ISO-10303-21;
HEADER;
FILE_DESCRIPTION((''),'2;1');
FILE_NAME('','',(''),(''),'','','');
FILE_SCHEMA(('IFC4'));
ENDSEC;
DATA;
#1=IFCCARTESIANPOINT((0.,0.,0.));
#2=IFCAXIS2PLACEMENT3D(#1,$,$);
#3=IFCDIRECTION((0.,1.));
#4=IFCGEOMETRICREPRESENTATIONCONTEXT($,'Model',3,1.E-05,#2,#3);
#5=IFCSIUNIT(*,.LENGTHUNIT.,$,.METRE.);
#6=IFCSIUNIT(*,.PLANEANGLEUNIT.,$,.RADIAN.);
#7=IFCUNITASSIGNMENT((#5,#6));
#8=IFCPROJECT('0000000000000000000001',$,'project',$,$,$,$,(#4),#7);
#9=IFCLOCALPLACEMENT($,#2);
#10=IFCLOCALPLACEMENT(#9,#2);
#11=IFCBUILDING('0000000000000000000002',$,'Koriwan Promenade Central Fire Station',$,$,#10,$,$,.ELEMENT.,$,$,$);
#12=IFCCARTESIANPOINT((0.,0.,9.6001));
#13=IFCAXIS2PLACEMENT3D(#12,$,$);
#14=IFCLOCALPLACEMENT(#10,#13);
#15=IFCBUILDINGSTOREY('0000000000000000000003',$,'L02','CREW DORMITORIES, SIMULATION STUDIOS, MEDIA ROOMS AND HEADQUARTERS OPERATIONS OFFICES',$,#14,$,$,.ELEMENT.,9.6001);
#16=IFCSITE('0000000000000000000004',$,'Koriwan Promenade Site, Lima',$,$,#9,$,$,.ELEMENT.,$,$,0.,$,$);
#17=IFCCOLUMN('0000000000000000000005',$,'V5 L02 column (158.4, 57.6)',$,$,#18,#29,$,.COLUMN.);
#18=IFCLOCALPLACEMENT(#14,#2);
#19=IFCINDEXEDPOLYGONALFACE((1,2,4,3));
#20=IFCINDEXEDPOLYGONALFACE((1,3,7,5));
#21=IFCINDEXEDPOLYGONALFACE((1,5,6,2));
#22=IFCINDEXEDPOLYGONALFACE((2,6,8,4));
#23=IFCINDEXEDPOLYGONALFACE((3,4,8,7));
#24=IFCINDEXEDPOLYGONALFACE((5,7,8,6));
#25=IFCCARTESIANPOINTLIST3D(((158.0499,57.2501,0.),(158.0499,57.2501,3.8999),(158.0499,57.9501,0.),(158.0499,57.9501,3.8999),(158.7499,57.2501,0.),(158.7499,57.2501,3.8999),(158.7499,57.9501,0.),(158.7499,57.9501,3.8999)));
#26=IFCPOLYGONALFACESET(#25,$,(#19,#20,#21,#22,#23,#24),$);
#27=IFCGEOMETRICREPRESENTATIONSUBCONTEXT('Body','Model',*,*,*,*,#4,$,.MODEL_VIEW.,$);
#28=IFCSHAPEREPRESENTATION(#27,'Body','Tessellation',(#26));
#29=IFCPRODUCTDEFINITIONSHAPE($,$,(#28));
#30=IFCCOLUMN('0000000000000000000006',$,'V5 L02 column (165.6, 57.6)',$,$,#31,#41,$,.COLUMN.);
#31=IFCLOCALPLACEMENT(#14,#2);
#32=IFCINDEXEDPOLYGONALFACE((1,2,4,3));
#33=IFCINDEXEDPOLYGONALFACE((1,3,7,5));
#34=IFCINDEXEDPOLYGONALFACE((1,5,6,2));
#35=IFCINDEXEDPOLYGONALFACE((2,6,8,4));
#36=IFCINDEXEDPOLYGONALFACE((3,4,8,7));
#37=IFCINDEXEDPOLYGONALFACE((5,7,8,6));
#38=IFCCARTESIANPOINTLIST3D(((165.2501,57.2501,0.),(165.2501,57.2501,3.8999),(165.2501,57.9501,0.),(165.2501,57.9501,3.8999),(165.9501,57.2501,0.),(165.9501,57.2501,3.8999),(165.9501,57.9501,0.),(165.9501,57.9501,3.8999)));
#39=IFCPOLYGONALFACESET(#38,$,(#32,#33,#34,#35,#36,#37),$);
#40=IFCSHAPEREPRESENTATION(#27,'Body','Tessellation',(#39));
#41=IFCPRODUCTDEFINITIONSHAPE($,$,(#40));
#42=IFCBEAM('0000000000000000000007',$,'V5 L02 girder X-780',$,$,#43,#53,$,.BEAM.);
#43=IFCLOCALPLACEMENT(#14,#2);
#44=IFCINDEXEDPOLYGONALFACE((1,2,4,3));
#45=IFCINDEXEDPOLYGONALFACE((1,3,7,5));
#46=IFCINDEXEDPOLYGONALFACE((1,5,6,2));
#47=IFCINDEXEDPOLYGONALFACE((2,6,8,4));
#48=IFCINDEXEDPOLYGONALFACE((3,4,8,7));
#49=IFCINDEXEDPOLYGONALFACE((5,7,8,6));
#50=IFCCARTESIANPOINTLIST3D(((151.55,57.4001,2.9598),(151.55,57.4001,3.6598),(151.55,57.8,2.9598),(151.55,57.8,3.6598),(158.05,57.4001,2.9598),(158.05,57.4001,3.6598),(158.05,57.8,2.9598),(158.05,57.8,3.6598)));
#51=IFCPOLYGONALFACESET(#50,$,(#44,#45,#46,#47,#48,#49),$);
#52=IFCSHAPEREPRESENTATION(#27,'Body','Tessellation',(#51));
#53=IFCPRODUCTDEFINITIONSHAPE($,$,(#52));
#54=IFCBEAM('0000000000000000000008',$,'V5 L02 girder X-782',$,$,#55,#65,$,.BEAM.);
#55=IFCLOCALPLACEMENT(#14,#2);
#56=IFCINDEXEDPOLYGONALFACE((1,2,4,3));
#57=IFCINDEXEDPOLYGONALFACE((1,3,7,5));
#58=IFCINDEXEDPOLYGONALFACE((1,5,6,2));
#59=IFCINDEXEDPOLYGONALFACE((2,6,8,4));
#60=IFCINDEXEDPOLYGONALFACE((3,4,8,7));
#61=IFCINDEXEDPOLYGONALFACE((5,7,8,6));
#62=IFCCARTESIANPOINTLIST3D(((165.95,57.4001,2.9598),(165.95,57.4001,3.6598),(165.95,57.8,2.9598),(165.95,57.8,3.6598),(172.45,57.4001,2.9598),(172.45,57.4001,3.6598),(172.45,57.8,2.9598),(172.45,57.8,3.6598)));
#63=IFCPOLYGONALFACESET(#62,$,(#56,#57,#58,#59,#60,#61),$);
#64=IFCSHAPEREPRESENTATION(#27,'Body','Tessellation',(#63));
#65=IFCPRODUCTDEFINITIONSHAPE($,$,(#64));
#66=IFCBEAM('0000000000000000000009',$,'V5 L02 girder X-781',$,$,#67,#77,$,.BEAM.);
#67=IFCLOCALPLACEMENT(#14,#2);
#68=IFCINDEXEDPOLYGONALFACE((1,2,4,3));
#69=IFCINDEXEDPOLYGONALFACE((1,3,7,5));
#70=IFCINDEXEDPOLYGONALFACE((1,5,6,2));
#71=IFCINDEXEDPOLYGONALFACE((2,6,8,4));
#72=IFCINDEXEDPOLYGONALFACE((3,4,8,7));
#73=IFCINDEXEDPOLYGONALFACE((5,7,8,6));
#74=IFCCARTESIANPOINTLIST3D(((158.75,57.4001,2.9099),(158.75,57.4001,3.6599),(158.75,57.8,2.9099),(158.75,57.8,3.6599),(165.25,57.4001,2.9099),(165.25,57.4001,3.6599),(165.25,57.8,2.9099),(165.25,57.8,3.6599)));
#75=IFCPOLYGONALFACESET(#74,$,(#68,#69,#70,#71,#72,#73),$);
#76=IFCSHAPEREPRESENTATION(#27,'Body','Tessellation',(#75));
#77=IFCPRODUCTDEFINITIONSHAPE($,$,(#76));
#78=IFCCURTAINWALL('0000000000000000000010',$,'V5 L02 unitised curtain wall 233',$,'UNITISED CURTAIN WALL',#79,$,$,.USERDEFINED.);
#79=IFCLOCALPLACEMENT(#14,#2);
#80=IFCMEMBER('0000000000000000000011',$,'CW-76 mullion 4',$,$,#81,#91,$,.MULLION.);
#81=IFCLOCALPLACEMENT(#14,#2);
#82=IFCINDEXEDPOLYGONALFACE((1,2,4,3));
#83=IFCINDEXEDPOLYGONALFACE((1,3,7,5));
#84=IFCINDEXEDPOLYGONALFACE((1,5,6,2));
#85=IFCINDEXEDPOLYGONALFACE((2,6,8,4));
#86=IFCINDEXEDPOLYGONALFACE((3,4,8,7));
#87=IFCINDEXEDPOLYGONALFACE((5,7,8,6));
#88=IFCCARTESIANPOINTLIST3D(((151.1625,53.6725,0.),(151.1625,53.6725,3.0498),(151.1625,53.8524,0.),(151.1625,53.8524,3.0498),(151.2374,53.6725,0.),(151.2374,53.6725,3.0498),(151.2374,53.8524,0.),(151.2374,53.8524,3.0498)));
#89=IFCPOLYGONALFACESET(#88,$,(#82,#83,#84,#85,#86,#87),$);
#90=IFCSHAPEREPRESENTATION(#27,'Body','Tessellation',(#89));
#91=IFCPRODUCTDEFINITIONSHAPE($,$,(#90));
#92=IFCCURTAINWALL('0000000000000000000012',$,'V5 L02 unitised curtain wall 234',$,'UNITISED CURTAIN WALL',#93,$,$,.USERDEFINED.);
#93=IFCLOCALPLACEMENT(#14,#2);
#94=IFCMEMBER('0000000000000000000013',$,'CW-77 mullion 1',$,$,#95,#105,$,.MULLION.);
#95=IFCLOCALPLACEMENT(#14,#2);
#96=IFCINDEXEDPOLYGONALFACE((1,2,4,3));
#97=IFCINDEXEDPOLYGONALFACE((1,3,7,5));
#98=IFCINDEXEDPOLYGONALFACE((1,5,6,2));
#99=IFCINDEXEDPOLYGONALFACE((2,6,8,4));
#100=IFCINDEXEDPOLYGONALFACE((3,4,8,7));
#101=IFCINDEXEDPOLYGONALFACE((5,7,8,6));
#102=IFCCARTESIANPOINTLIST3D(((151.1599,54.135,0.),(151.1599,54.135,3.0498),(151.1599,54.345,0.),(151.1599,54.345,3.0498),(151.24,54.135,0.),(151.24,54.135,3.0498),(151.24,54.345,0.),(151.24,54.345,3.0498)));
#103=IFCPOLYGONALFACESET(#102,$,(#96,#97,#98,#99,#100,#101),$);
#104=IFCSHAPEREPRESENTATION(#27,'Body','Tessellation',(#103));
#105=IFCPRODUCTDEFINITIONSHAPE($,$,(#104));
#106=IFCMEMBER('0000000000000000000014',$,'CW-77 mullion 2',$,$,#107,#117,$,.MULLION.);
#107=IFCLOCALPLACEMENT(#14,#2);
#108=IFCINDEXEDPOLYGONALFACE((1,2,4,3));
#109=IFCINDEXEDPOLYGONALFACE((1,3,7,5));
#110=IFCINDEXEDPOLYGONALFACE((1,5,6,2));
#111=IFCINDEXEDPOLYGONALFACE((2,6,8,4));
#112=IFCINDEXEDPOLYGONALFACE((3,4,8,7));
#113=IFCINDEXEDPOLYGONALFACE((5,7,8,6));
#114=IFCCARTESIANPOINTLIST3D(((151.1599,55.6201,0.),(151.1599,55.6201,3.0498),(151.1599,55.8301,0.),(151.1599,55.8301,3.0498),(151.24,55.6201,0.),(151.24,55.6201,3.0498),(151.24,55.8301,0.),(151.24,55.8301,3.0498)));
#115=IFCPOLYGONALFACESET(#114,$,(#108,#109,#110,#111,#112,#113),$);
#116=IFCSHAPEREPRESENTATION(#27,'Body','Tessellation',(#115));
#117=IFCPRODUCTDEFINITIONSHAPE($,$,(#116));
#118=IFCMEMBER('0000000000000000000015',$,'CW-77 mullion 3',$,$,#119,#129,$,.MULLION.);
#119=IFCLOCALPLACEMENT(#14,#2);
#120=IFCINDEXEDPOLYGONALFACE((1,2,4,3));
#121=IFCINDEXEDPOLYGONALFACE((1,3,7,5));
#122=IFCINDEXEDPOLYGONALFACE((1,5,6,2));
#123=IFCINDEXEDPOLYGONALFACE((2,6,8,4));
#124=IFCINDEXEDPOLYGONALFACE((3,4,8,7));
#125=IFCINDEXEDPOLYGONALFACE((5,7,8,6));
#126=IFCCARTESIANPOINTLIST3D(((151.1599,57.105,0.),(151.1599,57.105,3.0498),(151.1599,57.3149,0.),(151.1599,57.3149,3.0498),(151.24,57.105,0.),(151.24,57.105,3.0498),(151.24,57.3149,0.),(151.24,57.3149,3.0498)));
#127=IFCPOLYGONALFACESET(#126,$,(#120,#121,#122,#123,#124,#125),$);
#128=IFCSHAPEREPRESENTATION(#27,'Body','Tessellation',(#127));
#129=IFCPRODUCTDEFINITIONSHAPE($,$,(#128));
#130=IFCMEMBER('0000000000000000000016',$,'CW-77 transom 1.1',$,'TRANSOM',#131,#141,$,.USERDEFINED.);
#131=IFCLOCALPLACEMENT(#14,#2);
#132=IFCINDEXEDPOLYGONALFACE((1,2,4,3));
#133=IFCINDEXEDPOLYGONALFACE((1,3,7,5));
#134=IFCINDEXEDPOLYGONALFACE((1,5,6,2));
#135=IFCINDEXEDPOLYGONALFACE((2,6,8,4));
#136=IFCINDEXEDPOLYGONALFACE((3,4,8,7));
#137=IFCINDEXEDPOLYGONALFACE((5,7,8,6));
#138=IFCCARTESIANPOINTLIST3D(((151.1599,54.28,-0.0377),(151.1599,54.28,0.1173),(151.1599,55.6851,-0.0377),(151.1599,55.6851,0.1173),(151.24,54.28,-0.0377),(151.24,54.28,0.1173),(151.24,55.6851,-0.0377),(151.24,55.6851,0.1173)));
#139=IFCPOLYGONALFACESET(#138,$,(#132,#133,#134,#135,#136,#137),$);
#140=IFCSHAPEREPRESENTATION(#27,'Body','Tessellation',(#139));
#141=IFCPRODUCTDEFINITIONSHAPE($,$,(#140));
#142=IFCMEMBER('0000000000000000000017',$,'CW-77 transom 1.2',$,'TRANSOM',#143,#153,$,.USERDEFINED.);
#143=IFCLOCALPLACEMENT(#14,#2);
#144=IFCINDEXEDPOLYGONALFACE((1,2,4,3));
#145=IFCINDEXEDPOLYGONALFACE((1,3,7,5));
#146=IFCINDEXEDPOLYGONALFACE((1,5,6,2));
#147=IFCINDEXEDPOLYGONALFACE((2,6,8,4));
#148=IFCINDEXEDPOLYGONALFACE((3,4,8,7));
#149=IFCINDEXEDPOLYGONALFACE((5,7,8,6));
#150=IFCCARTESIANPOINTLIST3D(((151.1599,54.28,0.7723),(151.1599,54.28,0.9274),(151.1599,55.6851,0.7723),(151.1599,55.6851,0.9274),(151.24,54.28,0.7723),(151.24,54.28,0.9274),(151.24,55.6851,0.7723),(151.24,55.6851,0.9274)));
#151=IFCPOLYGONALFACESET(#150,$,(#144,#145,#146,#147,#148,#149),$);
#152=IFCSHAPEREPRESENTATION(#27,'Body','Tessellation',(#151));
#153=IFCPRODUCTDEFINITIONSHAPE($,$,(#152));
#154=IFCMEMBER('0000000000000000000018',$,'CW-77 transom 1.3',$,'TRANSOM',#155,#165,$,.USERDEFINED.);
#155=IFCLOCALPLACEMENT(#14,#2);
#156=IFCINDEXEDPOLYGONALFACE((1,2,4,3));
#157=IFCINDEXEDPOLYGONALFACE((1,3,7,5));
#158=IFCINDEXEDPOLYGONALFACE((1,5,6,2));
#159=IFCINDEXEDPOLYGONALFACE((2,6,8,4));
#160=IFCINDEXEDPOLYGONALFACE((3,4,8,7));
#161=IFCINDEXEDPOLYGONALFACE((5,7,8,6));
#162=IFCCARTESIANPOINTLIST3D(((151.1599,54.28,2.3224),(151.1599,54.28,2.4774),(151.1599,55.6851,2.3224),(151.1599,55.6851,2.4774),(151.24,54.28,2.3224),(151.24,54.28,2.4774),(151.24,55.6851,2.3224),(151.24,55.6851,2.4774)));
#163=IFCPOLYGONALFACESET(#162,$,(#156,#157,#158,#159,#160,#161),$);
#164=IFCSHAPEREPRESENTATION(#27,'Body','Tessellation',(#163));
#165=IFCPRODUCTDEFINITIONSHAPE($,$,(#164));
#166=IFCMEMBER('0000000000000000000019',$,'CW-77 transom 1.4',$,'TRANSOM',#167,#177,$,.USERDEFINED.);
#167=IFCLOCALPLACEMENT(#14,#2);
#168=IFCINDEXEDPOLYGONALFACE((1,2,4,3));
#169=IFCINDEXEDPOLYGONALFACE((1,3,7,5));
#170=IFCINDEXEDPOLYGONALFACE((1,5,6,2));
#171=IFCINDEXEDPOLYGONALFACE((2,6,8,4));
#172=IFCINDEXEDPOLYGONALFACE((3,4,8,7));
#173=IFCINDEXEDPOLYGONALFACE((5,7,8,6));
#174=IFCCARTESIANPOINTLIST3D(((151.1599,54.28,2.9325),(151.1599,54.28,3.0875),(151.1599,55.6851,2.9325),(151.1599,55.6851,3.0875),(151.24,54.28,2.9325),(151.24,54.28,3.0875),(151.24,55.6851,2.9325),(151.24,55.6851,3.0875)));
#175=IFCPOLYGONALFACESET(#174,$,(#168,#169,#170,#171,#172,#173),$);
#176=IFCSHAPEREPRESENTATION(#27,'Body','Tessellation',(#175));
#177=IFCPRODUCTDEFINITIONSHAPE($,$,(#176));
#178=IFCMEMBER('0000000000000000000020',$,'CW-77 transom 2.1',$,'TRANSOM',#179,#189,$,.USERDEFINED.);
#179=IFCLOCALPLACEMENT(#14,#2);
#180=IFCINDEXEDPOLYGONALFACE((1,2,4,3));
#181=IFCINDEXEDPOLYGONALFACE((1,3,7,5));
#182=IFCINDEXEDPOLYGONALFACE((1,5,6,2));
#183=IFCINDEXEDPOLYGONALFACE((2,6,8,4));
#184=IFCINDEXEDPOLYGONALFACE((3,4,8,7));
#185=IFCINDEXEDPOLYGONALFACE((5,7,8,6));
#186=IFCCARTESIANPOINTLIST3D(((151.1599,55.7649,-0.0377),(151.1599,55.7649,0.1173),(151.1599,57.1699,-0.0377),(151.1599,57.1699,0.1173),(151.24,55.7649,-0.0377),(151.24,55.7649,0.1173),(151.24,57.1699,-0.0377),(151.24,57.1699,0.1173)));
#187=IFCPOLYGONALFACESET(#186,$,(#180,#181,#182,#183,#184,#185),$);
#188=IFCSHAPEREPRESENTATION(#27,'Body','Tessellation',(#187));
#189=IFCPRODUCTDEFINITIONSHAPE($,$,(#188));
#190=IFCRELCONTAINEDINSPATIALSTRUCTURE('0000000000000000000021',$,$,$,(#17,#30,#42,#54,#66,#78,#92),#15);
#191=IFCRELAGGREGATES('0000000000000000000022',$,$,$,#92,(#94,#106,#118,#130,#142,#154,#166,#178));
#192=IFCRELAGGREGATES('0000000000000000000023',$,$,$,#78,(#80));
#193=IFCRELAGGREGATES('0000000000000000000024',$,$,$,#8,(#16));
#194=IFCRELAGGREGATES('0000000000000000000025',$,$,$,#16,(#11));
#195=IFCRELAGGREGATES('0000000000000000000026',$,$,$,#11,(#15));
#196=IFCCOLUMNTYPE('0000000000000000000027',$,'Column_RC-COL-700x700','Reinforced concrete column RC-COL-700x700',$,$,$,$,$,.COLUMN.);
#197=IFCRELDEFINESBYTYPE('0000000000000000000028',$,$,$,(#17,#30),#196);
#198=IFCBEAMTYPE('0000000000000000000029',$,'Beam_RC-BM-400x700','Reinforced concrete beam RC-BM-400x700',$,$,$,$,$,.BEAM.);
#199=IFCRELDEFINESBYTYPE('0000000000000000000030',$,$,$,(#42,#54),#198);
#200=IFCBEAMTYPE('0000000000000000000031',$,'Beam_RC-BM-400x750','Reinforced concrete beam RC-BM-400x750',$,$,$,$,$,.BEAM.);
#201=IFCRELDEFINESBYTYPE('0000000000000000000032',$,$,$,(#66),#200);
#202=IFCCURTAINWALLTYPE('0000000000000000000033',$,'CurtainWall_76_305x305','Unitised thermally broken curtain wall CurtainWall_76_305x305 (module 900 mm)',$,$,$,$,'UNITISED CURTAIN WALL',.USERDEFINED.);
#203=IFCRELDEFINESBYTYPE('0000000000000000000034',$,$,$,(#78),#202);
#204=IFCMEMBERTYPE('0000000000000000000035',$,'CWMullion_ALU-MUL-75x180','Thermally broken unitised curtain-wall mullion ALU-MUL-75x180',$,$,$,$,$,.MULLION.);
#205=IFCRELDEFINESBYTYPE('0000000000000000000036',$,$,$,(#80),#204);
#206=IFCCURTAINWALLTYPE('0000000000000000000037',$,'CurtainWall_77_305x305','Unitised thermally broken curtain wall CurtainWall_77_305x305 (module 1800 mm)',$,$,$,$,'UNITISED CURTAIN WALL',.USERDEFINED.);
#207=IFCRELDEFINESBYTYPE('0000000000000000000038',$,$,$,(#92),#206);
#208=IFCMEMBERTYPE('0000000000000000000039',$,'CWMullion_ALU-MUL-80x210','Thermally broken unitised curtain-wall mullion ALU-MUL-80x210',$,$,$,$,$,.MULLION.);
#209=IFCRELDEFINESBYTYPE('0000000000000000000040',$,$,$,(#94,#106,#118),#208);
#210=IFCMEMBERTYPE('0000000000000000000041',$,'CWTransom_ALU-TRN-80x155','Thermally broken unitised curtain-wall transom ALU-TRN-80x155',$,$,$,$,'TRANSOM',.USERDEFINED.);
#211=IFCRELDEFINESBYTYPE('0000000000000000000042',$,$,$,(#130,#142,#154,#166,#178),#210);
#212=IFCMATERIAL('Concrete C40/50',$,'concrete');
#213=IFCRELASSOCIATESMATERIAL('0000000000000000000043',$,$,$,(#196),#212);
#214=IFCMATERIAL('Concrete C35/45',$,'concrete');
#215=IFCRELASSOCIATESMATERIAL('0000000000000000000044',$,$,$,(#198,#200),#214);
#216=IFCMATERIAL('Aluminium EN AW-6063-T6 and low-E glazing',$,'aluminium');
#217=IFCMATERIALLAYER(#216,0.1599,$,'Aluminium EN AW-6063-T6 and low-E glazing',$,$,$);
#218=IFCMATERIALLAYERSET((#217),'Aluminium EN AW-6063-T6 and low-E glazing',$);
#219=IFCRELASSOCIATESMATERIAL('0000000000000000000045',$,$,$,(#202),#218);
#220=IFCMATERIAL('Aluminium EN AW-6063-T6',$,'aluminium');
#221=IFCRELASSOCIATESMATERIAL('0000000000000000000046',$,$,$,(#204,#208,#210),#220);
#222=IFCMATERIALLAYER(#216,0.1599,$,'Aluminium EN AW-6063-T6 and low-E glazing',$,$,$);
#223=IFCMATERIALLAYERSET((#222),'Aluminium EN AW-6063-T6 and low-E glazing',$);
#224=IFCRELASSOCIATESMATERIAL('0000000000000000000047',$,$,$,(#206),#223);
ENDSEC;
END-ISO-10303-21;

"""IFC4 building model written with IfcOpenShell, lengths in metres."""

from ifc_helpers import new_model, si_unit, direction, frame, origin, origin_2d, place, context, subcontext, project, spatial, rectangle, extrude, material, layer, layer_set, material_profile, profile_set, type_object, element, aggregate, save


model = new_model("IFC4")

# Units and contexts
model_context = context("Model", 3, precision=1e-05, world=origin(), true_north=direction((0.0, 1.0)))
body_context = subcontext(model_context, "Body", "Model", "MODEL_VIEW")
ifc_project = project(units=[si_unit("LENGTHUNIT", "METRE"), si_unit("PLANEANGLEUNIT", "RADIAN")], contexts=[model_context])

# Site, building, storey
site_placement = place(None, origin())
site = spatial("IfcSite", under=ifc_project, at=site_placement, Name="Koriwan Promenade Site, Lima", CompositionType="ELEMENT", RefElevation=0.0)
building_placement = place(site_placement, origin())
building = spatial("IfcBuilding", under=site, at=building_placement, Name="Koriwan Promenade Central Fire Station", CompositionType="ELEMENT")
storey_placement = place(building_placement, frame((0.0, 0.0, 9.6001)))
storey = spatial("IfcBuildingStorey", under=building, at=storey_placement, Name="L02", Description="CREW DORMITORIES, SIMULATION STUDIOS, MEDIA ROOMS AND HEADQUARTERS OPERATIONS OFFICES", CompositionType="ELEMENT", Elevation=9.6001)

# Columns
ifc_material_1 = material(Name="Concrete C40/50", Category="concrete")
ifc_material_profile_1 = material_profile(ifc_material_1, rectangle(XDim=0.7, YDim=0.7, at=origin_2d()), Name="RC-COL-700x700")
ifc_profile_set_1 = profile_set([ifc_material_profile_1], Name="Concrete C40/50")
column_type = type_object("IfcColumnType", Name="Column_RC-COL-700x700", Description="Reinforced concrete column RC-COL-700x700", PredefinedType="COLUMN", material=ifc_profile_set_1)
for number, where, z_axis, x_axis, name in (
    (1, (158.3999, 57.6001, 0.0), (0.0, 0.0, 1.0), (1.0, 0.0, 0.0), "V5 L02 column (158.4, 57.6)"),
    (2, (165.6001, 57.6001, 0.0), (0.0, 0.0, 1.0), (1.0, 0.0, 0.0), "V5 L02 column (165.6, 57.6)"),
):
    element("IfcColumn", number, at=place(storey_placement, frame(where, z_axis=z_axis, x_axis=x_axis)), inside=storey, type_object=column_type, Name=name, PredefinedType="COLUMN", context=body_context, shape_type="SweptSolid", body=[
        extrude(rectangle(XDim=0.7, YDim=0.7, at=origin_2d()), origin(), (0.0, 0.0, 1.0), 3.8999),
    ])

# Beams
ifc_material_2 = material(Name="Concrete C35/45", Category="concrete")
ifc_material_profile_2 = material_profile(ifc_material_2, rectangle(XDim=0.3999, YDim=0.7, at=origin_2d()), Name="RC-BM-400x700")
ifc_profile_set_2 = profile_set([ifc_material_profile_2], Name="Concrete C35/45")
beam_type_1 = type_object("IfcBeamType", Name="Beam_RC-BM-400x700", Description="Reinforced concrete beam RC-BM-400x700", PredefinedType="BEAM", material=ifc_profile_set_2)
for number, where, z_axis, x_axis, name in (
    (3, (151.55, 57.6001, 3.3098), (1.0, 0.0, 0.0), (0.0, 1.0, 0.0), "V5 L02 girder X-780"),
    (4, (165.95, 57.6001, 3.3098), (1.0, 0.0, 0.0), (0.0, 1.0, 0.0), "V5 L02 girder X-782"),
):
    element("IfcBeam", number, at=place(storey_placement, frame(where, z_axis=z_axis, x_axis=x_axis)), inside=storey, type_object=beam_type_1, Name=name, PredefinedType="BEAM", context=body_context, shape_type="SweptSolid", body=[
        extrude(rectangle(XDim=0.3999, YDim=0.7, at=origin_2d()), origin(), (0.0, 0.0, 1.0), 6.5),
    ])
ifc_material_profile_3 = material_profile(ifc_material_2, rectangle(XDim=0.3999, YDim=0.75, at=origin_2d()), Name="RC-BM-400x750")
ifc_profile_set_3 = profile_set([ifc_material_profile_3], Name="Concrete C35/45")
beam_type_2 = type_object("IfcBeamType", Name="Beam_RC-BM-400x750", Description="Reinforced concrete beam RC-BM-400x750", PredefinedType="BEAM", material=ifc_profile_set_3)
beam_placement = place(storey_placement, frame((158.75, 57.6001, 3.2849), z_axis=(1.0, 0.0, 0.0), x_axis=(0.0, 1.0, 0.0)))
element("IfcBeam", 5, at=beam_placement, inside=storey, type_object=beam_type_2, Name="V5 L02 girder X-781", PredefinedType="BEAM", context=body_context, shape_type="SweptSolid", body=[
    extrude(rectangle(XDim=0.3999, YDim=0.75, at=origin_2d()), origin(), (0.0, 0.0, 1.0), 6.5),
])

# Curtain wall, member
ifc_material_3 = material(Name="Aluminium EN AW-6063-T6 and low-E glazing", Category="aluminium")
ifc_layer_1 = layer(ifc_material_3, 0.1599, Name="Aluminium EN AW-6063-T6 and low-E glazing")
ifc_layer_set_1 = layer_set([ifc_layer_1], Name="Aluminium EN AW-6063-T6 and low-E glazing")
curtain_wall_type_1 = type_object("IfcCurtainWallType", Name="CurtainWall_76_305x305", Description="Unitised thermally broken curtain wall CurtainWall_76_305x305 (module 900 mm)", ElementType="UNITISED CURTAIN WALL", PredefinedType="USERDEFINED", material=ifc_layer_set_1)
curtain_wall_1_placement = place(storey_placement, origin())
curtain_wall_1 = element("IfcCurtainWall", 6, at=curtain_wall_1_placement, inside=storey, type_object=curtain_wall_type_1, Name="V5 L02 unitised curtain wall 233", ObjectType="UNITISED CURTAIN WALL", PredefinedType="USERDEFINED")
ifc_material_4 = material(Name="Aluminium EN AW-6063-T6", Category="aluminium")
ifc_material_profile_4 = material_profile(ifc_material_4, rectangle(XDim=0.075, YDim=0.1799, at=origin_2d()), Name="ALU-MUL-75x180")
ifc_profile_set_4 = profile_set([ifc_material_profile_4], Name="Aluminium EN AW-6063-T6")
member_type_1 = type_object("IfcMemberType", Name="CWMullion_ALU-MUL-75x180", Description="Thermally broken unitised curtain-wall mullion ALU-MUL-75x180", PredefinedType="MULLION", material=ifc_profile_set_4)
member_1_placement = place(storey_placement, frame((151.2, 53.7625, 0.0), z_axis=(0.0, 0.0, 1.0), x_axis=(-1.0, 0.0, 0.0)))
member_1 = element("IfcMember", 7, at=member_1_placement, type_object=member_type_1, Name="CW-76 mullion 4", PredefinedType="MULLION", context=body_context, shape_type="SweptSolid", body=[
    extrude(rectangle(XDim=0.075, YDim=0.1799, at=origin_2d()), origin(), (0.0, 0.0, 1.0), 3.0498),
])

# Curtain wall, members
ifc_layer_2 = layer(ifc_material_3, 0.1599, Name="Aluminium EN AW-6063-T6 and low-E glazing")
ifc_layer_set_2 = layer_set([ifc_layer_2], Name="Aluminium EN AW-6063-T6 and low-E glazing")
curtain_wall_type_2 = type_object("IfcCurtainWallType", Name="CurtainWall_77_305x305", Description="Unitised thermally broken curtain wall CurtainWall_77_305x305 (module 1800 mm)", ElementType="UNITISED CURTAIN WALL", PredefinedType="USERDEFINED", material=ifc_layer_set_2)
curtain_wall_2_placement = place(storey_placement, origin())
curtain_wall_2 = element("IfcCurtainWall", 8, at=curtain_wall_2_placement, inside=storey, type_object=curtain_wall_type_2, Name="V5 L02 unitised curtain wall 234", ObjectType="UNITISED CURTAIN WALL", PredefinedType="USERDEFINED")
ifc_material_profile_5 = material_profile(ifc_material_4, rectangle(XDim=0.0801, YDim=0.21, at=origin_2d()), Name="ALU-MUL-80x210")
ifc_profile_set_5 = profile_set([ifc_material_profile_5], Name="Aluminium EN AW-6063-T6")
member_type_2 = type_object("IfcMemberType", Name="CWMullion_ALU-MUL-80x210", Description="Thermally broken unitised curtain-wall mullion ALU-MUL-80x210", PredefinedType="MULLION", material=ifc_profile_set_5)
member_2_placement = place(storey_placement, frame((151.2, 54.24, 0.0), z_axis=(0.0, 0.0, 1.0), x_axis=(-1.0, 0.0, 0.0)))
member_2 = element("IfcMember", 9, at=member_2_placement, type_object=member_type_2, Name="CW-77 mullion 1", PredefinedType="MULLION", context=body_context, shape_type="SweptSolid", body=[
    extrude(rectangle(XDim=0.0801, YDim=0.21, at=origin_2d()), origin(), (0.0, 0.0, 1.0), 3.0498),
])
member_3_placement = place(storey_placement, frame((151.2, 55.7251, 0.0), z_axis=(0.0, 0.0, 1.0), x_axis=(-1.0, 0.0, 0.0)))
member_3 = element("IfcMember", 10, at=member_3_placement, type_object=member_type_2, Name="CW-77 mullion 2", PredefinedType="MULLION", context=body_context, shape_type="SweptSolid", body=[
    extrude(rectangle(XDim=0.0801, YDim=0.21, at=origin_2d()), origin(), (0.0, 0.0, 1.0), 3.0498),
])
member_4_placement = place(storey_placement, frame((151.2, 57.21, 0.0), z_axis=(0.0, 0.0, 1.0), x_axis=(-1.0, 0.0, 0.0)))
member_4 = element("IfcMember", 11, at=member_4_placement, type_object=member_type_2, Name="CW-77 mullion 3", PredefinedType="MULLION", context=body_context, shape_type="SweptSolid", body=[
    extrude(rectangle(XDim=0.0801, YDim=0.21, at=origin_2d()), origin(), (0.0, 0.0, 1.0), 3.0498),
])
ifc_material_profile_6 = material_profile(ifc_material_4, rectangle(XDim=0.0801, YDim=0.155, at=origin_2d()), Name="ALU-TRN-80x155")
ifc_profile_set_6 = profile_set([ifc_material_profile_6], Name="Aluminium EN AW-6063-T6")
member_type_3 = type_object("IfcMemberType", Name="CWTransom_ALU-TRN-80x155", Description="Thermally broken unitised curtain-wall transom ALU-TRN-80x155", ElementType="TRANSOM", PredefinedType="USERDEFINED", material=ifc_profile_set_6)
member_5_placement = place(storey_placement, frame((151.2, 54.28, 0.0398), z_axis=(0.0, 1.0, 0.0), x_axis=(-1.0, 0.0, 0.0)))
member_5 = element("IfcMember", 12, at=member_5_placement, type_object=member_type_3, Name="CW-77 transom 1.1", ObjectType="TRANSOM", PredefinedType="USERDEFINED", context=body_context, shape_type="SweptSolid", body=[
    extrude(rectangle(XDim=0.0801, YDim=0.155, at=origin_2d()), origin(), (0.0, 0.0, 1.0), 1.405),
])
member_6_placement = place(storey_placement, frame((151.2, 54.28, 0.8499), z_axis=(0.0, 1.0, 0.0), x_axis=(-1.0, 0.0, 0.0)))
member_6 = element("IfcMember", 13, at=member_6_placement, type_object=member_type_3, Name="CW-77 transom 1.2", ObjectType="TRANSOM", PredefinedType="USERDEFINED", context=body_context, shape_type="SweptSolid", body=[
    extrude(rectangle(XDim=0.0801, YDim=0.155, at=origin_2d()), origin(), (0.0, 0.0, 1.0), 1.405),
])
member_7_placement = place(storey_placement, frame((151.2, 54.28, 2.3999), z_axis=(0.0, 1.0, 0.0), x_axis=(-1.0, 0.0, 0.0)))
member_7 = element("IfcMember", 14, at=member_7_placement, type_object=member_type_3, Name="CW-77 transom 1.3", ObjectType="TRANSOM", PredefinedType="USERDEFINED", context=body_context, shape_type="SweptSolid", body=[
    extrude(rectangle(XDim=0.0801, YDim=0.155, at=origin_2d()), origin(), (0.0, 0.0, 1.0), 1.405),
])
member_8_placement = place(storey_placement, frame((151.2, 54.28, 3.01), z_axis=(0.0, 1.0, 0.0), x_axis=(-1.0, 0.0, 0.0)))
member_8 = element("IfcMember", 15, at=member_8_placement, type_object=member_type_3, Name="CW-77 transom 1.4", ObjectType="TRANSOM", PredefinedType="USERDEFINED", context=body_context, shape_type="SweptSolid", body=[
    extrude(rectangle(XDim=0.0801, YDim=0.155, at=origin_2d()), origin(), (0.0, 0.0, 1.0), 1.405),
])
member_9_placement = place(storey_placement, frame((151.2, 55.7649, 0.0398), z_axis=(0.0, 1.0, 0.0), x_axis=(-1.0, 0.0, 0.0)))
member_9 = element("IfcMember", 16, at=member_9_placement, type_object=member_type_3, Name="CW-77 transom 2.1", ObjectType="TRANSOM", PredefinedType="USERDEFINED", context=body_context, shape_type="SweptSolid", body=[
    extrude(rectangle(XDim=0.0801, YDim=0.155, at=origin_2d()), origin(), (0.0, 0.0, 1.0), 1.405),
])
aggregate(curtain_wall_2, [member_2, member_3, member_4, member_5, member_6, member_7, member_8, member_9])

aggregate(curtain_wall_1, [member_1])

save(model, "model.ifc")
